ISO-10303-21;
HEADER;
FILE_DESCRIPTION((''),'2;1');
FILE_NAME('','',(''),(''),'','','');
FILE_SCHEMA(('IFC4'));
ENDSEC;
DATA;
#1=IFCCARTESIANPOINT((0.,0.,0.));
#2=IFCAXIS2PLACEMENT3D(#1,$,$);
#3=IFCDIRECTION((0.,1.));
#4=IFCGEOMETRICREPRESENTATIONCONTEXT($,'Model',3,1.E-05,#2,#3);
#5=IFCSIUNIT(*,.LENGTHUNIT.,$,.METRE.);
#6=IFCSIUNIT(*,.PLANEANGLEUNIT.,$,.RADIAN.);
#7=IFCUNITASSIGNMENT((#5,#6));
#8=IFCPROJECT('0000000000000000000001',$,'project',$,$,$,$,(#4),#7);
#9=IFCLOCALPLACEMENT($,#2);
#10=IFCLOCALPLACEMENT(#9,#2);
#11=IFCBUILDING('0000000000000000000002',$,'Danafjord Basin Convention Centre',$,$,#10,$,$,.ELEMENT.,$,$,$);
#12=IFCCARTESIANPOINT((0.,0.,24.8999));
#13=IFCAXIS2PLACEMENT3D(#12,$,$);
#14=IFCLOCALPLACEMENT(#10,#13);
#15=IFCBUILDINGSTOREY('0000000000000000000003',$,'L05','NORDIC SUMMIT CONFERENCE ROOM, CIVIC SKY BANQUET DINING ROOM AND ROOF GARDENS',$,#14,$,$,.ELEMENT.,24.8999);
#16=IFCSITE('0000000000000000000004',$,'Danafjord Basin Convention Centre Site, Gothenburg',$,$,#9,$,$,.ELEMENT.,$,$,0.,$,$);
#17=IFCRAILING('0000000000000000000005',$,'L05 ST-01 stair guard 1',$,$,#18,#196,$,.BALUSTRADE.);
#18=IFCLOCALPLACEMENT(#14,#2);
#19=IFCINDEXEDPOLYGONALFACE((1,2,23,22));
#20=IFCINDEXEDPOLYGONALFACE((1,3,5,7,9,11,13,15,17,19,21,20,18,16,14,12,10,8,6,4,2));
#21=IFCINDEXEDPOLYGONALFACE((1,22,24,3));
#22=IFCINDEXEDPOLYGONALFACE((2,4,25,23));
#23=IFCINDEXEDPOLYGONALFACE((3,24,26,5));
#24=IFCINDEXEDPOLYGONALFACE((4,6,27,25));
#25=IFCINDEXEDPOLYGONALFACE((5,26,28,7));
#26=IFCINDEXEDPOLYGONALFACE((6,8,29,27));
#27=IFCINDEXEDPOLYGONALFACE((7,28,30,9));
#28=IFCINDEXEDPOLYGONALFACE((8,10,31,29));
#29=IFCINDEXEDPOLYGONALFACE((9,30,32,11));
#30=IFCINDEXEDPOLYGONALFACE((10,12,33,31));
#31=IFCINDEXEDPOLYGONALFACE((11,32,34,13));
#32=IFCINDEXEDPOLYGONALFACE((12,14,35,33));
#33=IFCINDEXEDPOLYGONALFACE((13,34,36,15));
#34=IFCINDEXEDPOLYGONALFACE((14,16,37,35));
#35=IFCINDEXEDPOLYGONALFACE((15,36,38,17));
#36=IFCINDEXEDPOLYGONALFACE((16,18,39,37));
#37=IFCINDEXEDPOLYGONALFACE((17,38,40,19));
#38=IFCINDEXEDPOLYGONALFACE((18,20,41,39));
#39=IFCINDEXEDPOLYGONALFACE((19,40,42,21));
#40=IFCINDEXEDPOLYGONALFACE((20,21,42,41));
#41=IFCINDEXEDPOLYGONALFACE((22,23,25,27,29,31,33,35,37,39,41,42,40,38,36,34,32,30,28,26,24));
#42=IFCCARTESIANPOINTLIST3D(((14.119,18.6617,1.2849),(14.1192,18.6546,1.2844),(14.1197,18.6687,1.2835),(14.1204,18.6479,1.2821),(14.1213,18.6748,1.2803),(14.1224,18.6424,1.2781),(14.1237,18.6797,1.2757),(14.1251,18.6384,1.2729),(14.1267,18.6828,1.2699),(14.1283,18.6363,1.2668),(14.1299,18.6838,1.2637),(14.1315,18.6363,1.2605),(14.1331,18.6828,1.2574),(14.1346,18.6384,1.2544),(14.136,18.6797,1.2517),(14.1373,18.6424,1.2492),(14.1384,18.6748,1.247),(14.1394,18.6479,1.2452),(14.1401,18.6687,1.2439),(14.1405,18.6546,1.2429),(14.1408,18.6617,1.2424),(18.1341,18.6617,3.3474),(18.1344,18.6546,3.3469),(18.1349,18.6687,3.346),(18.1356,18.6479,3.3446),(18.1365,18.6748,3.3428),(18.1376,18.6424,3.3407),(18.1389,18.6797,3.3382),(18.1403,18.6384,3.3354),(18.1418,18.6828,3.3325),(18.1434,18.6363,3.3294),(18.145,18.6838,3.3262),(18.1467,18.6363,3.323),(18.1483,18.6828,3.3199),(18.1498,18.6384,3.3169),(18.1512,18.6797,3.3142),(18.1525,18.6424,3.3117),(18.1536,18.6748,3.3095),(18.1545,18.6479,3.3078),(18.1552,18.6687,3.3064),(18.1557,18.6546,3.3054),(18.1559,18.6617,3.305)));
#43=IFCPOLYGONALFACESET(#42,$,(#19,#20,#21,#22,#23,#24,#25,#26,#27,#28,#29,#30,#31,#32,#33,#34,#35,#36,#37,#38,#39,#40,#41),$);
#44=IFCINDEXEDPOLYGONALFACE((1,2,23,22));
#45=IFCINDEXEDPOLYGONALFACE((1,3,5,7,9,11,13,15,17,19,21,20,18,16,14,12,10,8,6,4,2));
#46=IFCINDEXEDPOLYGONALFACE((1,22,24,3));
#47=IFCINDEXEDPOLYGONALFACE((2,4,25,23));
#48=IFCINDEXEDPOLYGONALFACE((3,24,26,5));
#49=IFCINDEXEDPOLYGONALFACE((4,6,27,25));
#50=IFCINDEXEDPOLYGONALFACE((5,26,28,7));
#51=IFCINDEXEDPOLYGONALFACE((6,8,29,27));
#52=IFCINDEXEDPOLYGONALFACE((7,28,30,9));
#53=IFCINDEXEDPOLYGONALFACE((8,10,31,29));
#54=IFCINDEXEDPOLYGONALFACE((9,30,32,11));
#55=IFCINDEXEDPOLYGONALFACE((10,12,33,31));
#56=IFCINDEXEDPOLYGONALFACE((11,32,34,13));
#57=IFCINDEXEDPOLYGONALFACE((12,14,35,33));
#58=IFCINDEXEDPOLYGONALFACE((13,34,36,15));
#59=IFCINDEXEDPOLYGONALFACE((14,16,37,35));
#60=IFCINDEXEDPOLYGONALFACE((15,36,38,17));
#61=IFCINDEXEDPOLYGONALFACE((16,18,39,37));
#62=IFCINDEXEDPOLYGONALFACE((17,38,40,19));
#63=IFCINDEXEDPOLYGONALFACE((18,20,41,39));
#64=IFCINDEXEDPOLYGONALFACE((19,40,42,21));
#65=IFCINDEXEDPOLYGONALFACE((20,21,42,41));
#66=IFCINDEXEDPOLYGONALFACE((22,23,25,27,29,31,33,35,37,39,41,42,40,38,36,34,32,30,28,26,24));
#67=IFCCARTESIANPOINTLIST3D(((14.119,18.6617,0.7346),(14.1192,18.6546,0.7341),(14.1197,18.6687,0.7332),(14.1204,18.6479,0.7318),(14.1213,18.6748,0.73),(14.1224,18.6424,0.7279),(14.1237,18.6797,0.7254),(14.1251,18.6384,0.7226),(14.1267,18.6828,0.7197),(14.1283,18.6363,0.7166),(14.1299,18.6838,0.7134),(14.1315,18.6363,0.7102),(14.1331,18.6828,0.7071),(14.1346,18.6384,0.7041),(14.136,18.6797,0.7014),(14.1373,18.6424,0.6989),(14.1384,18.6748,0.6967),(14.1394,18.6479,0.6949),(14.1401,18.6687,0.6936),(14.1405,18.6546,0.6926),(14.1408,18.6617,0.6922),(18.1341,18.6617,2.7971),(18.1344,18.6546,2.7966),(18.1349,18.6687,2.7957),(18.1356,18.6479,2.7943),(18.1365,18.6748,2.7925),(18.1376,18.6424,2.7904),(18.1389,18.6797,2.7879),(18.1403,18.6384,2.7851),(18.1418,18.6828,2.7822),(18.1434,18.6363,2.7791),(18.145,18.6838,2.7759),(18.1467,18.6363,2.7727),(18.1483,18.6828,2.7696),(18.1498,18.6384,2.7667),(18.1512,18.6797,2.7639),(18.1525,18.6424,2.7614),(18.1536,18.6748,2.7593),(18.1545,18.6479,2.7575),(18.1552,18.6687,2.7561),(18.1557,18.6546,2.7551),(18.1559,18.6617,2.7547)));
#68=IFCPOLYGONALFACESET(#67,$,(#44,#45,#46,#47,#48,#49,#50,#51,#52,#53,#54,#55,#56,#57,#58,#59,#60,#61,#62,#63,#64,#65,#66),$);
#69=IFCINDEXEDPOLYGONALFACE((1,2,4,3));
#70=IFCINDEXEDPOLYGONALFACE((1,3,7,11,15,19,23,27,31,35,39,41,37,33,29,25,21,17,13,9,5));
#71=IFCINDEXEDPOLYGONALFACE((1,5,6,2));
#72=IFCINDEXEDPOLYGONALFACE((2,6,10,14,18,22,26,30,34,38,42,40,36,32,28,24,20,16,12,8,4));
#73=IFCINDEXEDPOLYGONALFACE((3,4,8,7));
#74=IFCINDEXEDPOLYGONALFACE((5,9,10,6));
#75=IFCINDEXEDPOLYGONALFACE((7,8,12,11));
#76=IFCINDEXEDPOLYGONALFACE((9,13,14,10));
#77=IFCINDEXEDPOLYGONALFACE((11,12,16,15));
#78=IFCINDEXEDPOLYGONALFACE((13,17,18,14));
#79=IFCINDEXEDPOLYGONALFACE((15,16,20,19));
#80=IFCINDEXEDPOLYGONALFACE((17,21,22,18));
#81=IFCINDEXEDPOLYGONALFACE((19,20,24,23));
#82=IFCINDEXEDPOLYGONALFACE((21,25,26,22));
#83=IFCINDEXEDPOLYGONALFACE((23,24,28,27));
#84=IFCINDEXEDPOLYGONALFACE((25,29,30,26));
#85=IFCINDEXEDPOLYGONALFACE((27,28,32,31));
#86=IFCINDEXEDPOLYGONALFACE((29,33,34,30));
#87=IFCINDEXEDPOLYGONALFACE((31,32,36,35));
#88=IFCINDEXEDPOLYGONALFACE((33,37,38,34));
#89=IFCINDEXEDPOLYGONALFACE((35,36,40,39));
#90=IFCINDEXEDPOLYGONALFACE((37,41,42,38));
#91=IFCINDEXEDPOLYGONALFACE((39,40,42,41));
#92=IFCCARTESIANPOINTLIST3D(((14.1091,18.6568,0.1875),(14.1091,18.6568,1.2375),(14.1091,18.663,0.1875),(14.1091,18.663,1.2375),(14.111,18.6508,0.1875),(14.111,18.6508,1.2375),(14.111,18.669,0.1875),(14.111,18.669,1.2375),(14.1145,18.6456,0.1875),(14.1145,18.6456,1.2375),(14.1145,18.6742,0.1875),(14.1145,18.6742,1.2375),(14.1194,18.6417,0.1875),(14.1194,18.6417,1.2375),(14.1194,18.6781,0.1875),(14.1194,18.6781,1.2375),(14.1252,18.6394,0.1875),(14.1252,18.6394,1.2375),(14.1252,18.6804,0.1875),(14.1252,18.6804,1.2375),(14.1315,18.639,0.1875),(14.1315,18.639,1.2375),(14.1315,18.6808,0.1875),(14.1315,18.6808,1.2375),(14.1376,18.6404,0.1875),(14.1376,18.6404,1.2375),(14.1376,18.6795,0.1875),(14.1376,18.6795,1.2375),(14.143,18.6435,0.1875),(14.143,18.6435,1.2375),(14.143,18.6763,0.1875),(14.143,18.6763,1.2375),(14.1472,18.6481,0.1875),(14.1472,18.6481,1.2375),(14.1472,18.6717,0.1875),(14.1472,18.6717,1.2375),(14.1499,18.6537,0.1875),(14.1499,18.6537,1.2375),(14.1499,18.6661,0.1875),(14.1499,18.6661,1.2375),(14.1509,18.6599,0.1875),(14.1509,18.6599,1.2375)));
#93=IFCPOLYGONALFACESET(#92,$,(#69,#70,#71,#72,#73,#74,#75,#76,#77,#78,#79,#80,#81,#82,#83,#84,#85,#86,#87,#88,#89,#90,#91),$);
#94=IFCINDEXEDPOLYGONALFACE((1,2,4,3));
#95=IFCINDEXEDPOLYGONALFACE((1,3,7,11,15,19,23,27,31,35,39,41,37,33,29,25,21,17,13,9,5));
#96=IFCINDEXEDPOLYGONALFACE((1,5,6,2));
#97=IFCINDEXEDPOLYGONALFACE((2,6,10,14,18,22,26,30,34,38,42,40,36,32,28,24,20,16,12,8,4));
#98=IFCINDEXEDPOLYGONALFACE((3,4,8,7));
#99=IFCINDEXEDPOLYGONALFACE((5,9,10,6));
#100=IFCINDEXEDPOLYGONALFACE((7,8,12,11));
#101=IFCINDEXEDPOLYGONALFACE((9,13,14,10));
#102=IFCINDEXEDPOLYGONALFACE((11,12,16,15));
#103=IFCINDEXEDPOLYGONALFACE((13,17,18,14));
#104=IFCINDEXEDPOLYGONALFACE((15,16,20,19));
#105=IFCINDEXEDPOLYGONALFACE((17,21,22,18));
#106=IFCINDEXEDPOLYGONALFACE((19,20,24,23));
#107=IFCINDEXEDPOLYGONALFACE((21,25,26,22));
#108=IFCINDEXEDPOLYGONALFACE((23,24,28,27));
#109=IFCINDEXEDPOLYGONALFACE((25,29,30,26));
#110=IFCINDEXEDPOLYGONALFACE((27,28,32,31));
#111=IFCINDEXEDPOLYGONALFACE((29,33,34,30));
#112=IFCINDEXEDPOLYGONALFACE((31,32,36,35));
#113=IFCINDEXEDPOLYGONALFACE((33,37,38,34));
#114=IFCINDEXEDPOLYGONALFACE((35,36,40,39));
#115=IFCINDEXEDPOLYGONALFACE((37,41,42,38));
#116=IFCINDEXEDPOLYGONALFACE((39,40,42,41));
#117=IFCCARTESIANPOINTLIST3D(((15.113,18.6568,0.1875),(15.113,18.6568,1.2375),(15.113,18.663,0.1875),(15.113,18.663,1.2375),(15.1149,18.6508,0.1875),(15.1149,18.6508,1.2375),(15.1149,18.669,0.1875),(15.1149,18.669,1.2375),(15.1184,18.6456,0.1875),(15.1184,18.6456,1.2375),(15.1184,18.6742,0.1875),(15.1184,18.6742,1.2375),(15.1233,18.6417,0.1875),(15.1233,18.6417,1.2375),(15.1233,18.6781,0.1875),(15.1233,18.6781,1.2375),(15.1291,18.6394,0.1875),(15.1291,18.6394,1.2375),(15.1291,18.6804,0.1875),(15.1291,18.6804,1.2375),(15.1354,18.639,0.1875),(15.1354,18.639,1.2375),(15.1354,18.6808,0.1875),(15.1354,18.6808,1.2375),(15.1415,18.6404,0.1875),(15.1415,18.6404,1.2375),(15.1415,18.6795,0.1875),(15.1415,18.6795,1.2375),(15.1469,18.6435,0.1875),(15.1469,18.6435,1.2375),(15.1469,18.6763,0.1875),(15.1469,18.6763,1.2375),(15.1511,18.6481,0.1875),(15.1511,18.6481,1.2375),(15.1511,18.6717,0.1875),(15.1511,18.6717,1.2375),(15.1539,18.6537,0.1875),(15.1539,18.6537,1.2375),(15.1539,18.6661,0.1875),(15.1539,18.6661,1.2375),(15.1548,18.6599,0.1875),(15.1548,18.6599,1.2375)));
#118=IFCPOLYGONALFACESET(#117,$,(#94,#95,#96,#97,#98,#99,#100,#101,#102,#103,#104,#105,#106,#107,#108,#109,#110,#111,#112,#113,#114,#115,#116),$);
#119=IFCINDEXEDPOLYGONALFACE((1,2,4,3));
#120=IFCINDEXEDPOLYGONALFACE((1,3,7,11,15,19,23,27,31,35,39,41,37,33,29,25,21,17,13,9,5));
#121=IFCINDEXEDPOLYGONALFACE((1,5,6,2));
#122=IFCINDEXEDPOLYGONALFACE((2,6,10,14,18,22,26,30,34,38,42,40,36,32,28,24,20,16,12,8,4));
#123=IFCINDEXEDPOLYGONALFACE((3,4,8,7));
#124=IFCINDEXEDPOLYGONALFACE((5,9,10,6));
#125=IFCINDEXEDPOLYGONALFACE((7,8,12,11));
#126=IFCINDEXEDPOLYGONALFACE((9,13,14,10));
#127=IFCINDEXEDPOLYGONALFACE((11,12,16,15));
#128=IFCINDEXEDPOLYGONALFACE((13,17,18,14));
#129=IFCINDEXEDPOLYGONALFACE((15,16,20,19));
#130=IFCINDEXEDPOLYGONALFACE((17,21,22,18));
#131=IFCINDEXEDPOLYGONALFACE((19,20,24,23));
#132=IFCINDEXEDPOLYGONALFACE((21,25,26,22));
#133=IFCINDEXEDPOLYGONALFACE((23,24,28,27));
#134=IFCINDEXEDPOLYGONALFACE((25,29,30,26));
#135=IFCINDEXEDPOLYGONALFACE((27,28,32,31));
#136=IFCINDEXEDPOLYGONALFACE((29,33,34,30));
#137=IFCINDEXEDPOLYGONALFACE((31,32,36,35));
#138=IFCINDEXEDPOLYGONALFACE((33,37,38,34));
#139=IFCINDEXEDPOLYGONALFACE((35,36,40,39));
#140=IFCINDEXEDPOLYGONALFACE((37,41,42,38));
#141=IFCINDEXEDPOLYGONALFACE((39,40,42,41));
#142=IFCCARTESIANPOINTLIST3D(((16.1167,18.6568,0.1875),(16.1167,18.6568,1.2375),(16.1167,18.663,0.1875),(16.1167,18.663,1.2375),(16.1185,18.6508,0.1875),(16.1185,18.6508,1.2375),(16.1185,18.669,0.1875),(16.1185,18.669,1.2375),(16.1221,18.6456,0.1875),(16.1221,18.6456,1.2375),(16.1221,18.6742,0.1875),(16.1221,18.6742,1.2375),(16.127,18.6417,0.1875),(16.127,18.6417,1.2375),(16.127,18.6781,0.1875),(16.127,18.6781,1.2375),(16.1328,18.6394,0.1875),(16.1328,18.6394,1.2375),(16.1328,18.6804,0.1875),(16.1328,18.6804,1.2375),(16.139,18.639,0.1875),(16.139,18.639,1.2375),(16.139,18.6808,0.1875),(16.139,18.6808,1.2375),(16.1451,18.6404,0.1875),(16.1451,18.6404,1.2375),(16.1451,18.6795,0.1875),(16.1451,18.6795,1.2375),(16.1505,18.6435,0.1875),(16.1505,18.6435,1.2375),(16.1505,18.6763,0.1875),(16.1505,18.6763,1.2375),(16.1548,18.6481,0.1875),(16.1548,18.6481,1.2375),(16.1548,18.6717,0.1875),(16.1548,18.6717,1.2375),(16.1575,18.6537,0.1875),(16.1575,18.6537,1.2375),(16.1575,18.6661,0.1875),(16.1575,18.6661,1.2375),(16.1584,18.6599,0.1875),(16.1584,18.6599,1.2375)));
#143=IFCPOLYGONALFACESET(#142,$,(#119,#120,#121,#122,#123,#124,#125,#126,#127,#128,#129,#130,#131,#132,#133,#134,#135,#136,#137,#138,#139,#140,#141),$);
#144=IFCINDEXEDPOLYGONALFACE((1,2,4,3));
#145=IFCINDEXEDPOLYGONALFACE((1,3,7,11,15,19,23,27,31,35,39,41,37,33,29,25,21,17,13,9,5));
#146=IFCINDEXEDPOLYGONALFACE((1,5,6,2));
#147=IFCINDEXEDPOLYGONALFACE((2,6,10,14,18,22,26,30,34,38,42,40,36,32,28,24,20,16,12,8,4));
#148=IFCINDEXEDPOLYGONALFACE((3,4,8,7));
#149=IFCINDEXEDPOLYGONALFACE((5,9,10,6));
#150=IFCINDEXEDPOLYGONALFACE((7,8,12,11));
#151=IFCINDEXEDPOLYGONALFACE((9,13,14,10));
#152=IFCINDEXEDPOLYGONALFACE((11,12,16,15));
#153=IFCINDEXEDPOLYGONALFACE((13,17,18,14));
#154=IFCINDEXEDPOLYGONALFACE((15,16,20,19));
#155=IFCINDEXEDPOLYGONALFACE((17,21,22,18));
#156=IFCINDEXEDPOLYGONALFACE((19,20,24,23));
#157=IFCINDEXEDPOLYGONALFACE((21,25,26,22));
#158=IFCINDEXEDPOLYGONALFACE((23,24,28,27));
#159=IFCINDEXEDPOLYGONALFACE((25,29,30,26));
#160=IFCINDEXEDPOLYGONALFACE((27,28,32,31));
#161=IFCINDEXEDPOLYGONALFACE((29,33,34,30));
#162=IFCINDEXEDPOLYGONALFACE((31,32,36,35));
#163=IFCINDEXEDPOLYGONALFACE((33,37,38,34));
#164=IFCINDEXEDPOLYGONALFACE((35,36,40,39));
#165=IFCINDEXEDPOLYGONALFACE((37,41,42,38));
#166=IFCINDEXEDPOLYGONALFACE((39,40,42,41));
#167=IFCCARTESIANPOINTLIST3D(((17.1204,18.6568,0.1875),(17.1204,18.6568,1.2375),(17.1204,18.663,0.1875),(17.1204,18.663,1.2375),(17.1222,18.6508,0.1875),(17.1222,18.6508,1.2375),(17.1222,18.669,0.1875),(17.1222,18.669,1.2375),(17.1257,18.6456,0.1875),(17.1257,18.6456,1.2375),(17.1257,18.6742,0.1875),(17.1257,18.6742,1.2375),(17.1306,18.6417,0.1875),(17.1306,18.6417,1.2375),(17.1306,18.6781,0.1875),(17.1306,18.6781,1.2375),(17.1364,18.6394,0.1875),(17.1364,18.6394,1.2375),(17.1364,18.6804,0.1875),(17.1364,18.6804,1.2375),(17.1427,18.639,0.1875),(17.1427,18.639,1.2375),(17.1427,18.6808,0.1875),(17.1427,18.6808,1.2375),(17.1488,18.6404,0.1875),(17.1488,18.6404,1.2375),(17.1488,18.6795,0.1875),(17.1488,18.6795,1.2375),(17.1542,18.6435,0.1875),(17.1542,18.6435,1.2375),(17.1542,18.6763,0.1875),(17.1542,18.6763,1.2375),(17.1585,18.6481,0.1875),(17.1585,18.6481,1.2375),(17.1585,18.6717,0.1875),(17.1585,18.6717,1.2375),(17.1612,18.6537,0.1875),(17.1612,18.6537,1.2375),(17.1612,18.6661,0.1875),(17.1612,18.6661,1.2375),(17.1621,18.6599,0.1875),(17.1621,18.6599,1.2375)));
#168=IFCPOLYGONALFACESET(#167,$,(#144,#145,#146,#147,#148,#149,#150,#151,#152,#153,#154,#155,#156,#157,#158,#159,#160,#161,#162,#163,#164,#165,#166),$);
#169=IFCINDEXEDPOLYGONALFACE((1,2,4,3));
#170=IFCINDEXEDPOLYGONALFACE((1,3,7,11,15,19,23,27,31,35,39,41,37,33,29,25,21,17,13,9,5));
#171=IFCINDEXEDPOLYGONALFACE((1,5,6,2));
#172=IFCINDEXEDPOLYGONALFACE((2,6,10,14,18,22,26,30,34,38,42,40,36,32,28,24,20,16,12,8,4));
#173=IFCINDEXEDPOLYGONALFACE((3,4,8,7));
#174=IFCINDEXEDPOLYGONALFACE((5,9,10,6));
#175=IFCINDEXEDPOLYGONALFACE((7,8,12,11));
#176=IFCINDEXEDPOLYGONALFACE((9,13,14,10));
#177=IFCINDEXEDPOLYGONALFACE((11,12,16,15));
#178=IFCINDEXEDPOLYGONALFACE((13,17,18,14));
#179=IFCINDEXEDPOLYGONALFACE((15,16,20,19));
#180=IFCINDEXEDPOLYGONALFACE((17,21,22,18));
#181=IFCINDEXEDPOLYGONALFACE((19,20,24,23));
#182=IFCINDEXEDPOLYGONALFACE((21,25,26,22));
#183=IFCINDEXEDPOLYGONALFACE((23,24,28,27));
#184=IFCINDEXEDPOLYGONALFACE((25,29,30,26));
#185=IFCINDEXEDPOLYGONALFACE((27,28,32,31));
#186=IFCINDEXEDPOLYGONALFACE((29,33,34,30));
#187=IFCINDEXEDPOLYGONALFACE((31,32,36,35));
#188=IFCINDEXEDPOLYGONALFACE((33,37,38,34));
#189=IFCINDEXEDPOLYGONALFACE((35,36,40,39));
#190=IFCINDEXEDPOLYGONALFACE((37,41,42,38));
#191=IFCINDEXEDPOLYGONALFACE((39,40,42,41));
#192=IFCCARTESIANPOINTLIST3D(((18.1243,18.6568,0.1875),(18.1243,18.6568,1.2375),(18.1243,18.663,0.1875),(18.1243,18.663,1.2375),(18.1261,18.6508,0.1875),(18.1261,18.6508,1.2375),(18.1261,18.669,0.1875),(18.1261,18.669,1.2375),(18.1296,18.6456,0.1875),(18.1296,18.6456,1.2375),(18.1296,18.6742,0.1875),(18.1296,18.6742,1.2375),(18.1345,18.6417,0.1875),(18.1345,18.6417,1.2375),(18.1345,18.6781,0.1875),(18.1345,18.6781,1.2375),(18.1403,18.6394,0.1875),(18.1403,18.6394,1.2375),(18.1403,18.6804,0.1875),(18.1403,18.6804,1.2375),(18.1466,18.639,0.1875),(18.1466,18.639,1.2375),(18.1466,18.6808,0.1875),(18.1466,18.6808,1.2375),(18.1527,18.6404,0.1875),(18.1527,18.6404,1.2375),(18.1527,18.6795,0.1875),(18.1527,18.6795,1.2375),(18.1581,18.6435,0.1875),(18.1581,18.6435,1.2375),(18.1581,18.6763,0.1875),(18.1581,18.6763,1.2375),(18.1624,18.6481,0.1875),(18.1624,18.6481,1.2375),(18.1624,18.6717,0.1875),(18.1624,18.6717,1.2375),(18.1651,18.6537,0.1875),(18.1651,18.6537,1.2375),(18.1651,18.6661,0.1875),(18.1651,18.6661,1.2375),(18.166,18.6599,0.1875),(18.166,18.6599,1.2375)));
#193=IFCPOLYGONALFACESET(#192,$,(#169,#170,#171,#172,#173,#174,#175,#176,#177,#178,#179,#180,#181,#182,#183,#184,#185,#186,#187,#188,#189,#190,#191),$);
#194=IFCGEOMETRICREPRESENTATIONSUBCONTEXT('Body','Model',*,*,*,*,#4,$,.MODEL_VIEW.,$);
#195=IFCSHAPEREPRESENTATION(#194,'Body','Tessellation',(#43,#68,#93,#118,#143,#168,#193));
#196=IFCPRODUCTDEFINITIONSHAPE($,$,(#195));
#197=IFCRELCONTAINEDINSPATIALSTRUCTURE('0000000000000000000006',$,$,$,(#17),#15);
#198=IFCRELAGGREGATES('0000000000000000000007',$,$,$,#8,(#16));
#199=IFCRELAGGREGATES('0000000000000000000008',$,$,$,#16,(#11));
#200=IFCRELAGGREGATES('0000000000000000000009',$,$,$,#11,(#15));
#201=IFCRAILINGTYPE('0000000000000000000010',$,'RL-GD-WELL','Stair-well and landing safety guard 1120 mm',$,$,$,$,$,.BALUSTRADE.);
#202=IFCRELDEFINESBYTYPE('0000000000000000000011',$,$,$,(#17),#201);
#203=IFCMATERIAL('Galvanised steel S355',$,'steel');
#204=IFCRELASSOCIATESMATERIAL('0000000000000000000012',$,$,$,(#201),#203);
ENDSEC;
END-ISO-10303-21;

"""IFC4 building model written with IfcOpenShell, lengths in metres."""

from ifc_helpers import new_model, si_unit, direction, frame, origin, origin_2d, place, context, subcontext, project, spatial, circle, extrude, material, type_object, element, save


model = new_model("IFC4")

# Units and contexts
model_context = context("Model", 3, precision=1e-05, world=origin(), true_north=direction((0.0, 1.0)))
body_context = subcontext(model_context, "Body", "Model", "MODEL_VIEW")
ifc_project = project(units=[si_unit("LENGTHUNIT", "METRE"), si_unit("PLANEANGLEUNIT", "RADIAN")], contexts=[model_context])

# Site, building, storey
site_placement = place(None, origin())
site = spatial("IfcSite", under=ifc_project, at=site_placement, Name="Danafjord Basin Convention Centre Site, Gothenburg", CompositionType="ELEMENT", RefElevation=0.0)
building_placement = place(site_placement, origin())
building = spatial("IfcBuilding", under=site, at=building_placement, Name="Danafjord Basin Convention Centre", CompositionType="ELEMENT")
storey_placement = place(building_placement, frame((0.0, 0.0, 24.8999)))
storey = spatial("IfcBuildingStorey", under=building, at=storey_placement, Name="L05", Description="NORDIC SUMMIT CONFERENCE ROOM, CIVIC SKY BANQUET DINING ROOM AND ROOF GARDENS", CompositionType="ELEMENT", Elevation=24.8999)

# Railing
ifc_material_1 = material(Name="Galvanised steel S355", Category="steel")
railing_type_1 = type_object("IfcRailingType", Name="RL-GD-WELL", Description="Stair-well and landing safety guard 1120 mm", PredefinedType="BALUSTRADE", material=ifc_material_1)
railing_1_placement = place(storey_placement, frame((14.1299, 18.6599, 0.1875)))
element("IfcRailing", 1, at=railing_1_placement, inside=storey, type_object=railing_type_1, Name="L05 ST-01 stair guard 1", PredefinedType="BALUSTRADE", context=body_context, shape_type="SweptSolid", body=[
    extrude(circle(Radius=0.0239, at=origin_2d()), frame((0.0, 0.0, 1.0762), z_axis=(0.889506, 0.0, 0.456923), x_axis=(0.0, 1.0, 0.0)), (0.0, 0.0, 1.0), 4.5139),
    extrude(circle(Radius=0.0239, at=origin_2d()), frame((0.0, 0.0, 0.5259), z_axis=(0.889506, 0.0, 0.456923), x_axis=(0.0, 1.0, 0.0)), (0.0, 0.0, 1.0), 4.5139),
    extrude(circle(Radius=0.021, at=origin_2d()), origin(), (0.0, 0.0, 1.0), 1.05),
    extrude(circle(Radius=0.021, at=origin_2d()), frame((1.0039, 0.0, 0.0)), (0.0, 0.0, 1.0), 1.05),
    extrude(circle(Radius=0.021, at=origin_2d()), frame((2.0076, 0.0, 0.0)), (0.0, 0.0, 1.0), 1.05),
    extrude(circle(Radius=0.021, at=origin_2d()), frame((3.0112, 0.0, 0.0)), (0.0, 0.0, 1.0), 1.05),
    extrude(circle(Radius=0.021, at=origin_2d()), frame((4.0151, 0.0, 0.0)), (0.0, 0.0, 1.0), 1.05),
])

save(model, "model.ifc")
